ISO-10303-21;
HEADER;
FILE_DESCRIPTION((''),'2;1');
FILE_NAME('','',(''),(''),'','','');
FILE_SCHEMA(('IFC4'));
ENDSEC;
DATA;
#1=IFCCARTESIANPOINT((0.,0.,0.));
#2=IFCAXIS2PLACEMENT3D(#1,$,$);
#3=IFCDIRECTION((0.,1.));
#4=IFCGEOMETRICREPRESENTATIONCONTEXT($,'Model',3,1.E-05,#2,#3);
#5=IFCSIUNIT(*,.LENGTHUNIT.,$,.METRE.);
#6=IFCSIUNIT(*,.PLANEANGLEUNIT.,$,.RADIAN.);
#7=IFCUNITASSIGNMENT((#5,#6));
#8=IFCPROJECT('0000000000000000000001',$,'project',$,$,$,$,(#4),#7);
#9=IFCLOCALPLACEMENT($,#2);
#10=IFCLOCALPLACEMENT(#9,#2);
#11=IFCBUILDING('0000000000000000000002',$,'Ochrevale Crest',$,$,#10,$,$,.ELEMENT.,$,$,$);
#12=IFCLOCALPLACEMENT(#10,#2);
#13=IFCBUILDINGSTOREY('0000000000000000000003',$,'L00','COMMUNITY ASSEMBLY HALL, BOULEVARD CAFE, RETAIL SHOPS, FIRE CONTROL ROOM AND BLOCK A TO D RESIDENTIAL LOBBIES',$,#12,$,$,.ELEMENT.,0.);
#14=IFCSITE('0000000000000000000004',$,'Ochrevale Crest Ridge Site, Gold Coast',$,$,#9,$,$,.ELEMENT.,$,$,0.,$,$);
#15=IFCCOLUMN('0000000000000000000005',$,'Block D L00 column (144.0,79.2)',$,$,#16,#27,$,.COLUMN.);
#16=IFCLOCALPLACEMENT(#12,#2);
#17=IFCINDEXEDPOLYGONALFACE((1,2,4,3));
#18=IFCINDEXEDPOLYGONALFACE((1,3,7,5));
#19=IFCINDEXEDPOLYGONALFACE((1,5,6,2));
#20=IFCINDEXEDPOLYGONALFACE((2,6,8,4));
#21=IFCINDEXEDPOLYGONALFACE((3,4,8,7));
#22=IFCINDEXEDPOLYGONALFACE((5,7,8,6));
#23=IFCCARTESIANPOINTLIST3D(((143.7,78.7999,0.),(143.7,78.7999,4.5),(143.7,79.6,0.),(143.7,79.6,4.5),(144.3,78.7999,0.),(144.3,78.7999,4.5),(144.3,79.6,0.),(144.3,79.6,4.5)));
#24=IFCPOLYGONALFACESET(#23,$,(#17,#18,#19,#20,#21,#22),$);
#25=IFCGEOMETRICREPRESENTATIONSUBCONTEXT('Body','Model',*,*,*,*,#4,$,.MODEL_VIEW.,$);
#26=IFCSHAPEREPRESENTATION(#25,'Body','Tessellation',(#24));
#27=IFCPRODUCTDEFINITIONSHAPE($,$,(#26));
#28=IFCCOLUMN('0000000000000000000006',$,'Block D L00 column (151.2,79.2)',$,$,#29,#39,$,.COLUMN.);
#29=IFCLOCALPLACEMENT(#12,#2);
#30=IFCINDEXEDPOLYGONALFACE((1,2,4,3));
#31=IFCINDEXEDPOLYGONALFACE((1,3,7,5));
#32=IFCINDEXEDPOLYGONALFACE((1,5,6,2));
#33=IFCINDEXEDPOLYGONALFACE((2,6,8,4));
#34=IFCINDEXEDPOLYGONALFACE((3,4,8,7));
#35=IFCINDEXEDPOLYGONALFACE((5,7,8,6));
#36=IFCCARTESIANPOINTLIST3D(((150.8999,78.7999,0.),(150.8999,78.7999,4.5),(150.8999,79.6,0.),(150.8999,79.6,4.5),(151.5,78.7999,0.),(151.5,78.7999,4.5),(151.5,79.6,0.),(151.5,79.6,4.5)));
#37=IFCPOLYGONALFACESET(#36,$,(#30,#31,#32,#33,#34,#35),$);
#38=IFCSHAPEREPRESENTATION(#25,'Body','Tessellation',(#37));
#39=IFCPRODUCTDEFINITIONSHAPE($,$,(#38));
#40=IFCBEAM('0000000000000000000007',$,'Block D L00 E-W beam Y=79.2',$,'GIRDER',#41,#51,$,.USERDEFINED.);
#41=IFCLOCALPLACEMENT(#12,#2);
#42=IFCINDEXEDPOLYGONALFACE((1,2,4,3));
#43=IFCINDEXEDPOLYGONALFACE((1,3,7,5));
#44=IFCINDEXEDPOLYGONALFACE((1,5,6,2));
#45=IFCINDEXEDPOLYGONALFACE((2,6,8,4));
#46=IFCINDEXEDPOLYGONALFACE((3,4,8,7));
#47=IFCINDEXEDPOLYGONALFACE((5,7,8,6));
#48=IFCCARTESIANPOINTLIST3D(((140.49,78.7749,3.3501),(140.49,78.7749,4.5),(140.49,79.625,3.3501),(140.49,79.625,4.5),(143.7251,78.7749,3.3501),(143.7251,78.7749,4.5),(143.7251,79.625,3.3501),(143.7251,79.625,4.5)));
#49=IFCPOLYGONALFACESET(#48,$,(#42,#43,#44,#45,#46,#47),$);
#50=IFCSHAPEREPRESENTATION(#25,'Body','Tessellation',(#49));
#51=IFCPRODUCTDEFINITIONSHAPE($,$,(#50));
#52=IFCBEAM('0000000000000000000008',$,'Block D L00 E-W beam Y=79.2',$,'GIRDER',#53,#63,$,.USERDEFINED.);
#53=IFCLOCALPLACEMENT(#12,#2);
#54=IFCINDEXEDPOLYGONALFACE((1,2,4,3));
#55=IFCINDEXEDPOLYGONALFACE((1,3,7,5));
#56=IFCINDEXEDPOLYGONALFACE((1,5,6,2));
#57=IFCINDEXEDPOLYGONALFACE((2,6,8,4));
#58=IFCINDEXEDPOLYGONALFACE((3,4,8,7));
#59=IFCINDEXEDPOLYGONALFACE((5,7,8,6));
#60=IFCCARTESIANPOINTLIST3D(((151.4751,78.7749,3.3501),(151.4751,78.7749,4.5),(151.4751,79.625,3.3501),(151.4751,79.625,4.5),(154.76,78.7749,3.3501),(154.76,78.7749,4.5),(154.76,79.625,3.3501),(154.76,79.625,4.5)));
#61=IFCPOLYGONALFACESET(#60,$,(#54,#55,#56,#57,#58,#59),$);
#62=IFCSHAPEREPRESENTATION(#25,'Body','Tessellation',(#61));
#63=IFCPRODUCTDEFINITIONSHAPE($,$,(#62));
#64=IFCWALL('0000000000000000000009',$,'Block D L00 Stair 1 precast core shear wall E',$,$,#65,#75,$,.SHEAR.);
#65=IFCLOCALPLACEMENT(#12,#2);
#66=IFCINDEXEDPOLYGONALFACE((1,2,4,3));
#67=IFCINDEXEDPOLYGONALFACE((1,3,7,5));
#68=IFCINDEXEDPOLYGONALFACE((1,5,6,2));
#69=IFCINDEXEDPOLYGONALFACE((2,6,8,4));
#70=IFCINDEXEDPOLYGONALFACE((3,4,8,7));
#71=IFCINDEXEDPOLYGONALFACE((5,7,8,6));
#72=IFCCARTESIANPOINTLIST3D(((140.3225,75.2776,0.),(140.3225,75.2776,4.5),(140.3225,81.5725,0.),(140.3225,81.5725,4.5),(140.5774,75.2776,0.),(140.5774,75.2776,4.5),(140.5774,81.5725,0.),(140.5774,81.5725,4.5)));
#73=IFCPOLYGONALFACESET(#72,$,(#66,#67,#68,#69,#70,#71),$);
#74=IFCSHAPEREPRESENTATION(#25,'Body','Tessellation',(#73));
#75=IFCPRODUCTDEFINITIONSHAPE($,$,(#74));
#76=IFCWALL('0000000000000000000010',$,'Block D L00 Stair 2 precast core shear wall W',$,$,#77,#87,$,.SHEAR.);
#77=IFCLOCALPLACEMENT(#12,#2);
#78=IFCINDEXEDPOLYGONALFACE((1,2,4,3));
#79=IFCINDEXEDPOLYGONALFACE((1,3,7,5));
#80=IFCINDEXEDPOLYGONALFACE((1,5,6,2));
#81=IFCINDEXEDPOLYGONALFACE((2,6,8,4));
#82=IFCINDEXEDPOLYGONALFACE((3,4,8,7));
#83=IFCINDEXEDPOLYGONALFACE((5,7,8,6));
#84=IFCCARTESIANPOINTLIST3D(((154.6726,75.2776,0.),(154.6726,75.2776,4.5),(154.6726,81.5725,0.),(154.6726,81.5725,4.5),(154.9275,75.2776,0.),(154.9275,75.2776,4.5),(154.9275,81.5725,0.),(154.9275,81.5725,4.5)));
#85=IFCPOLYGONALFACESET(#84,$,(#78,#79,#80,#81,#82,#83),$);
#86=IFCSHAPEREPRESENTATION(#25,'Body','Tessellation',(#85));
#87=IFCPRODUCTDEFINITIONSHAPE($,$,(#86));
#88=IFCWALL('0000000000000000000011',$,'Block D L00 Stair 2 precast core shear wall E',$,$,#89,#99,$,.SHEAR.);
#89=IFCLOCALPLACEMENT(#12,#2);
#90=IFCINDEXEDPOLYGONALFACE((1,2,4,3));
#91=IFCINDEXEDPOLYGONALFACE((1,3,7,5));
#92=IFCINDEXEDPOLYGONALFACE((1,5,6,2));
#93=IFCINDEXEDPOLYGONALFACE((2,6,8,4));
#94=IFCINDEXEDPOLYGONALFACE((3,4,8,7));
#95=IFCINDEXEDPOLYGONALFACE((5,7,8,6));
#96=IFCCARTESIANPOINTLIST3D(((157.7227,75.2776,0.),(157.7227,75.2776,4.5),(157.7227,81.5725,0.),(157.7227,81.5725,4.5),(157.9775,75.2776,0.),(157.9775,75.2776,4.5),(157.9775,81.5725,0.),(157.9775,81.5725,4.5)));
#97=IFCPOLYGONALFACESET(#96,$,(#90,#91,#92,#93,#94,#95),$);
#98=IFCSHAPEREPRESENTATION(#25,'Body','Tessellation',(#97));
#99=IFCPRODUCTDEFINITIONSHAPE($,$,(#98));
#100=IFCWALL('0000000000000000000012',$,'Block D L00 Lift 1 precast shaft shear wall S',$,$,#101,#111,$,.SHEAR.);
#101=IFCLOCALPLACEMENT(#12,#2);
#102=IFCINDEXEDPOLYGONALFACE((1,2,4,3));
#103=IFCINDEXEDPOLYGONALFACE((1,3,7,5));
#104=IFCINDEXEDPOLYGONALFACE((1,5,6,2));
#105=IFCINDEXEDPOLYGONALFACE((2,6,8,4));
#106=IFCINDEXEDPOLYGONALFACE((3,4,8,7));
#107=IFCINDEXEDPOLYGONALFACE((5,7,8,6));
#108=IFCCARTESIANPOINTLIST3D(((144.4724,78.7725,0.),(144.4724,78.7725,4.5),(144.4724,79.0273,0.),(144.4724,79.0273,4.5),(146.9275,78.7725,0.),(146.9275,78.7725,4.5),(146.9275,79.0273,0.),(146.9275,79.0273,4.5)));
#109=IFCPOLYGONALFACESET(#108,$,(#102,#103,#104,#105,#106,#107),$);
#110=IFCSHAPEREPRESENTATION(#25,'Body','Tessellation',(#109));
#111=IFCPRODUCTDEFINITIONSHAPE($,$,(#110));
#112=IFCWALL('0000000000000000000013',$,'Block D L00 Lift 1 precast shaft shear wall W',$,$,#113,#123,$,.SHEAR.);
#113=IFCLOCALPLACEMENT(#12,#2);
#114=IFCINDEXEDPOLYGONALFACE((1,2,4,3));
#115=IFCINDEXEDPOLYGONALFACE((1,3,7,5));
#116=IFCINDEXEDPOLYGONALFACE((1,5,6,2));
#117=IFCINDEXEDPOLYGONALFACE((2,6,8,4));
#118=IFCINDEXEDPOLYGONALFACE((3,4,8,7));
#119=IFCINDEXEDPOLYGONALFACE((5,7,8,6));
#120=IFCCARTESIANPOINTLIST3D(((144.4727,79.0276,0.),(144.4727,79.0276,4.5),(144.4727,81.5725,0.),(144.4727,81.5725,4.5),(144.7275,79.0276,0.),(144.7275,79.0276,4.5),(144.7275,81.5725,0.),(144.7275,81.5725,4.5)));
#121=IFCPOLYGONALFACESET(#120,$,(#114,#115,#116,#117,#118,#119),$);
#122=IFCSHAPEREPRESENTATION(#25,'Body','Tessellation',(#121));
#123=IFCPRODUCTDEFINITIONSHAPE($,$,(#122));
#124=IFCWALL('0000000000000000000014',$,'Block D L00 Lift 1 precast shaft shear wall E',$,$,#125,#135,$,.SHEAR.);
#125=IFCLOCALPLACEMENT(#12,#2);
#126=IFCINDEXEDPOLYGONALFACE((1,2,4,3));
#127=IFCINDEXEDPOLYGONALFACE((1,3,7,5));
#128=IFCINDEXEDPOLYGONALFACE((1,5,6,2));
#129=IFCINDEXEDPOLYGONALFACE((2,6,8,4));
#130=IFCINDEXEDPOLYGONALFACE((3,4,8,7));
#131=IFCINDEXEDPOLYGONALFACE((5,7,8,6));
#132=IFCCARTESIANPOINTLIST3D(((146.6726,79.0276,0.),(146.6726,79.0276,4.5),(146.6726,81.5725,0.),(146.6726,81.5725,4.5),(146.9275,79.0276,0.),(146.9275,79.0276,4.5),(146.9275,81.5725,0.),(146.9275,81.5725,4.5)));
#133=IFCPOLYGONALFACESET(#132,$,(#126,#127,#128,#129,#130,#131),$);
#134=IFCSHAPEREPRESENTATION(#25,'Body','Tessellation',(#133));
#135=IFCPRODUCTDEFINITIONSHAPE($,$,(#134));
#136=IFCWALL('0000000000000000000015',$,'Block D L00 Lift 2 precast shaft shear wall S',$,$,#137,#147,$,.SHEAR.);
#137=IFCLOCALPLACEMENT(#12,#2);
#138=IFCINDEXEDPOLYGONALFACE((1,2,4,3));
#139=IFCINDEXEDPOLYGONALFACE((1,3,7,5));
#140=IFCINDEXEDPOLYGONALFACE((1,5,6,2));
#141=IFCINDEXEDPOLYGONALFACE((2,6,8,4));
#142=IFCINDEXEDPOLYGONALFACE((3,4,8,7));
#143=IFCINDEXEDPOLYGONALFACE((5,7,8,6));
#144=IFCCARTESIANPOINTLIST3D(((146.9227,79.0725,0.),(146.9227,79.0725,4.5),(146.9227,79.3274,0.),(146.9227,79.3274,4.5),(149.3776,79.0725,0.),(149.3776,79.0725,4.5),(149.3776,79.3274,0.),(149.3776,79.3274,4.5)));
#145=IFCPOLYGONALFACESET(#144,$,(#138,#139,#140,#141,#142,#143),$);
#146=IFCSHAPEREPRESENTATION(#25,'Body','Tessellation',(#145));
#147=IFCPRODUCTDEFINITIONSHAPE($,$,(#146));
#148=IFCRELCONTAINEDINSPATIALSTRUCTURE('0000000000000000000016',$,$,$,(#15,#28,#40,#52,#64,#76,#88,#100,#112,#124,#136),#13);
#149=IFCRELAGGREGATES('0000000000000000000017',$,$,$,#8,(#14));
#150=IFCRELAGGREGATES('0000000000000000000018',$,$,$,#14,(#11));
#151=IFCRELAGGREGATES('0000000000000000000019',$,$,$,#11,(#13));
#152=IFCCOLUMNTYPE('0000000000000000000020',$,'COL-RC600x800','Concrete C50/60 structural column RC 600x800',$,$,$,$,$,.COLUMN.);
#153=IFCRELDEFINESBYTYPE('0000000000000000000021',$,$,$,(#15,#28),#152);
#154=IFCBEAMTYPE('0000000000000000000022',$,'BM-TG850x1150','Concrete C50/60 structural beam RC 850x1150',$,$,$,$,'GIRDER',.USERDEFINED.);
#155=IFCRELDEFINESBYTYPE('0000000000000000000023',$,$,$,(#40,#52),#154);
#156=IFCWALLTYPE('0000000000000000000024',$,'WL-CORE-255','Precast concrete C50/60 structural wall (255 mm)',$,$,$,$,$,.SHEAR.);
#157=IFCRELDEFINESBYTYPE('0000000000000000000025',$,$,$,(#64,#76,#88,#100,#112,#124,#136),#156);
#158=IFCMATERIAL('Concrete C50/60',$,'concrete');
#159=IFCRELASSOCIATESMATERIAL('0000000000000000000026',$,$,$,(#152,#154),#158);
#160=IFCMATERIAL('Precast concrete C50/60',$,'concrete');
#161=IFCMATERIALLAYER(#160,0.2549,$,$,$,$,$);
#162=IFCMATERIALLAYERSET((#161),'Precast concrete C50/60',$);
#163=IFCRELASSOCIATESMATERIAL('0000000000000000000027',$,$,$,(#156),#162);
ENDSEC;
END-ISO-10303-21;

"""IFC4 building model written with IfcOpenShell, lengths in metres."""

from ifc_helpers import new_model, si_unit, direction, frame, frame_2d, origin, origin_2d, place, context, subcontext, project, spatial, rectangle, extrude, material, layer, layer_set, material_profile, profile_set, type_object, element, save


model = new_model("IFC4")

# Units and contexts
model_context = context("Model", 3, precision=1e-05, world=origin(), true_north=direction((0.0, 1.0)))
body_context = subcontext(model_context, "Body", "Model", "MODEL_VIEW")
ifc_project = project(units=[si_unit("LENGTHUNIT", "METRE"), si_unit("PLANEANGLEUNIT", "RADIAN")], contexts=[model_context])

# Site, building, storey
site_placement = place(None, origin())
site = spatial("IfcSite", under=ifc_project, at=site_placement, Name="Ochrevale Crest Ridge Site, Gold Coast", CompositionType="ELEMENT", RefElevation=0.0)
building_placement = place(site_placement, origin())
building = spatial("IfcBuilding", under=site, at=building_placement, Name="Ochrevale Crest", CompositionType="ELEMENT")
storey_placement = place(building_placement, origin())
storey = spatial("IfcBuildingStorey", under=building, at=storey_placement, Name="L00", Description="COMMUNITY ASSEMBLY HALL, BOULEVARD CAFE, RETAIL SHOPS, FIRE CONTROL ROOM AND BLOCK A TO D RESIDENTIAL LOBBIES", CompositionType="ELEMENT", Elevation=0.0)

# Columns
ifc_material_1 = material(Name="Concrete C50/60", Category="concrete")
ifc_material_profile_1 = material_profile(ifc_material_1, rectangle(XDim=0.6001, YDim=0.8, at=origin_2d()), Name="RC 600x800")
ifc_profile_set_1 = profile_set([ifc_material_profile_1], Name="Concrete C50/60")
column_type = type_object("IfcColumnType", Name="COL-RC600x800", Description="Concrete C50/60 structural column RC 600x800", PredefinedType="COLUMN", material=ifc_profile_set_1)
for number, where, z_axis, x_axis, name in (
    (1, (144.0, 79.2, 0.0), (0.0, 0.0, 1.0), (1.0, 0.0, 0.0), "Block D L00 column (144.0,79.2)"),
    (2, (151.2, 79.2, 0.0), (0.0, 0.0, 1.0), (1.0, 0.0, 0.0), "Block D L00 column (151.2,79.2)"),
):
    element("IfcColumn", number, at=place(storey_placement, frame(where, z_axis=z_axis, x_axis=x_axis)), inside=storey, type_object=column_type, Name=name, PredefinedType="COLUMN", context=body_context, shape_type="SweptSolid", body=[
        extrude(rectangle(XDim=0.6001, YDim=0.8, at=origin_2d()), origin(), (0.0, 0.0, 1.0), 4.5),
    ])

# Beams
ifc_material_profile_2 = material_profile(ifc_material_1, rectangle(XDim=0.8501, YDim=1.1499, at=origin_2d()), Name="RC 850x1150")
ifc_profile_set_2 = profile_set([ifc_material_profile_2], Name="Concrete C50/60")
beam_type = type_object("IfcBeamType", Name="BM-TG850x1150", Description="Concrete C50/60 structural beam RC 850x1150", ElementType="GIRDER", PredefinedType="USERDEFINED", material=ifc_profile_set_2)
beam_1_placement = place(storey_placement, frame((140.49, 79.2, 3.925), z_axis=(1.0, 0.0, 0.0), x_axis=(0.0, 1.0, 0.0)))
element("IfcBeam", 3, at=beam_1_placement, inside=storey, type_object=beam_type, Name="Block D L00 E-W beam Y=79.2", ObjectType="GIRDER", PredefinedType="USERDEFINED", context=body_context, shape_type="SweptSolid", body=[
    extrude(rectangle(XDim=0.8501, YDim=1.1499, at=origin_2d()), origin(), (0.0, 0.0, 1.0), 3.2351),
])
beam_2_placement = place(storey_placement, frame((151.4751, 79.2, 3.925), z_axis=(1.0, 0.0, 0.0), x_axis=(0.0, 1.0, 0.0)))
element("IfcBeam", 4, at=beam_2_placement, inside=storey, type_object=beam_type, Name="Block D L00 E-W beam Y=79.2", ObjectType="GIRDER", PredefinedType="USERDEFINED", context=body_context, shape_type="SweptSolid", body=[
    extrude(rectangle(XDim=0.8501, YDim=1.1499, at=origin_2d()), origin(), (0.0, 0.0, 1.0), 3.2849),
])

# Walls
ifc_material_2 = material(Name="Precast concrete C50/60", Category="concrete")
ifc_layer_1 = layer(ifc_material_2, 0.2549)
ifc_layer_set_1 = layer_set([ifc_layer_1], Name="Precast concrete C50/60")
wall_type_1 = type_object("IfcWallType", Name="WL-CORE-255", Description="Precast concrete C50/60 structural wall (255 mm)", PredefinedType="SHEAR", material=ifc_layer_set_1)
for number, where, z_axis, x_axis, name in (
    (5, (140.45, 75.2776, 0.0), (0.0, 0.0, 1.0), (0.0, 1.0, 0.0), "Block D L00 Stair 1 precast core shear wall E"),
    (6, (154.8, 75.2776, 0.0), (0.0, 0.0, 1.0), (0.0, 1.0, 0.0), "Block D L00 Stair 2 precast core shear wall W"),
    (7, (157.8501, 75.2776, 0.0), (0.0, 0.0, 1.0), (0.0, 1.0, 0.0), "Block D L00 Stair 2 precast core shear wall E"),
):
    element("IfcWall", number, at=place(storey_placement, frame(where, z_axis=z_axis, x_axis=x_axis)), inside=storey, type_object=wall_type_1, Name=name, PredefinedType="SHEAR", context=body_context, shape_type="SweptSolid", body=[
        extrude(rectangle(XDim=6.2949, YDim=0.2549, at=frame_2d((3.1475, 0.0))), origin(), (0.0, 0.0, 1.0), 4.5),
    ])
wall_1_placement = place(storey_placement, frame((144.4724, 78.8999, 0.0), z_axis=(0.0, 0.0, 1.0), x_axis=(1.0, 0.0, 0.0)))
element("IfcWall", 8, at=wall_1_placement, inside=storey, type_object=wall_type_1, Name="Block D L00 Lift 1 precast shaft shear wall S", PredefinedType="SHEAR", context=body_context, shape_type="SweptSolid", body=[
    extrude(rectangle(XDim=2.4551, YDim=0.2549, at=frame_2d((1.2275, 0.0))), origin(), (0.0, 0.0, 1.0), 4.5),
])
for number, where, z_axis, x_axis, name in (
    (9, (144.6001, 79.0276, 0.0), (0.0, 0.0, 1.0), (0.0, 1.0, 0.0), "Block D L00 Lift 1 precast shaft shear wall W"),
    (10, (146.8, 79.0276, 0.0), (0.0, 0.0, 1.0), (0.0, 1.0, 0.0), "Block D L00 Lift 1 precast shaft shear wall E"),
):
    element("IfcWall", number, at=place(storey_placement, frame(where, z_axis=z_axis, x_axis=x_axis)), inside=storey, type_object=wall_type_1, Name=name, PredefinedType="SHEAR", context=body_context, shape_type="SweptSolid", body=[
        extrude(rectangle(XDim=2.5449, YDim=0.2549, at=frame_2d((1.2725, 0.0))), origin(), (0.0, 0.0, 1.0), 4.5),
    ])
wall_2_placement = place(storey_placement, frame((146.9226, 79.2, 0.0), z_axis=(0.0, 0.0, 1.0), x_axis=(1.0, 0.0, 0.0)))
element("IfcWall", 11, at=wall_2_placement, inside=storey, type_object=wall_type_1, Name="Block D L00 Lift 2 precast shaft shear wall S", PredefinedType="SHEAR", context=body_context, shape_type="SweptSolid", body=[
    extrude(rectangle(XDim=2.4548, YDim=0.2549, at=frame_2d((1.2275, 0.0))), origin(), (0.0, 0.0, 1.0), 4.5),
])

save(model, "model.ifc")
